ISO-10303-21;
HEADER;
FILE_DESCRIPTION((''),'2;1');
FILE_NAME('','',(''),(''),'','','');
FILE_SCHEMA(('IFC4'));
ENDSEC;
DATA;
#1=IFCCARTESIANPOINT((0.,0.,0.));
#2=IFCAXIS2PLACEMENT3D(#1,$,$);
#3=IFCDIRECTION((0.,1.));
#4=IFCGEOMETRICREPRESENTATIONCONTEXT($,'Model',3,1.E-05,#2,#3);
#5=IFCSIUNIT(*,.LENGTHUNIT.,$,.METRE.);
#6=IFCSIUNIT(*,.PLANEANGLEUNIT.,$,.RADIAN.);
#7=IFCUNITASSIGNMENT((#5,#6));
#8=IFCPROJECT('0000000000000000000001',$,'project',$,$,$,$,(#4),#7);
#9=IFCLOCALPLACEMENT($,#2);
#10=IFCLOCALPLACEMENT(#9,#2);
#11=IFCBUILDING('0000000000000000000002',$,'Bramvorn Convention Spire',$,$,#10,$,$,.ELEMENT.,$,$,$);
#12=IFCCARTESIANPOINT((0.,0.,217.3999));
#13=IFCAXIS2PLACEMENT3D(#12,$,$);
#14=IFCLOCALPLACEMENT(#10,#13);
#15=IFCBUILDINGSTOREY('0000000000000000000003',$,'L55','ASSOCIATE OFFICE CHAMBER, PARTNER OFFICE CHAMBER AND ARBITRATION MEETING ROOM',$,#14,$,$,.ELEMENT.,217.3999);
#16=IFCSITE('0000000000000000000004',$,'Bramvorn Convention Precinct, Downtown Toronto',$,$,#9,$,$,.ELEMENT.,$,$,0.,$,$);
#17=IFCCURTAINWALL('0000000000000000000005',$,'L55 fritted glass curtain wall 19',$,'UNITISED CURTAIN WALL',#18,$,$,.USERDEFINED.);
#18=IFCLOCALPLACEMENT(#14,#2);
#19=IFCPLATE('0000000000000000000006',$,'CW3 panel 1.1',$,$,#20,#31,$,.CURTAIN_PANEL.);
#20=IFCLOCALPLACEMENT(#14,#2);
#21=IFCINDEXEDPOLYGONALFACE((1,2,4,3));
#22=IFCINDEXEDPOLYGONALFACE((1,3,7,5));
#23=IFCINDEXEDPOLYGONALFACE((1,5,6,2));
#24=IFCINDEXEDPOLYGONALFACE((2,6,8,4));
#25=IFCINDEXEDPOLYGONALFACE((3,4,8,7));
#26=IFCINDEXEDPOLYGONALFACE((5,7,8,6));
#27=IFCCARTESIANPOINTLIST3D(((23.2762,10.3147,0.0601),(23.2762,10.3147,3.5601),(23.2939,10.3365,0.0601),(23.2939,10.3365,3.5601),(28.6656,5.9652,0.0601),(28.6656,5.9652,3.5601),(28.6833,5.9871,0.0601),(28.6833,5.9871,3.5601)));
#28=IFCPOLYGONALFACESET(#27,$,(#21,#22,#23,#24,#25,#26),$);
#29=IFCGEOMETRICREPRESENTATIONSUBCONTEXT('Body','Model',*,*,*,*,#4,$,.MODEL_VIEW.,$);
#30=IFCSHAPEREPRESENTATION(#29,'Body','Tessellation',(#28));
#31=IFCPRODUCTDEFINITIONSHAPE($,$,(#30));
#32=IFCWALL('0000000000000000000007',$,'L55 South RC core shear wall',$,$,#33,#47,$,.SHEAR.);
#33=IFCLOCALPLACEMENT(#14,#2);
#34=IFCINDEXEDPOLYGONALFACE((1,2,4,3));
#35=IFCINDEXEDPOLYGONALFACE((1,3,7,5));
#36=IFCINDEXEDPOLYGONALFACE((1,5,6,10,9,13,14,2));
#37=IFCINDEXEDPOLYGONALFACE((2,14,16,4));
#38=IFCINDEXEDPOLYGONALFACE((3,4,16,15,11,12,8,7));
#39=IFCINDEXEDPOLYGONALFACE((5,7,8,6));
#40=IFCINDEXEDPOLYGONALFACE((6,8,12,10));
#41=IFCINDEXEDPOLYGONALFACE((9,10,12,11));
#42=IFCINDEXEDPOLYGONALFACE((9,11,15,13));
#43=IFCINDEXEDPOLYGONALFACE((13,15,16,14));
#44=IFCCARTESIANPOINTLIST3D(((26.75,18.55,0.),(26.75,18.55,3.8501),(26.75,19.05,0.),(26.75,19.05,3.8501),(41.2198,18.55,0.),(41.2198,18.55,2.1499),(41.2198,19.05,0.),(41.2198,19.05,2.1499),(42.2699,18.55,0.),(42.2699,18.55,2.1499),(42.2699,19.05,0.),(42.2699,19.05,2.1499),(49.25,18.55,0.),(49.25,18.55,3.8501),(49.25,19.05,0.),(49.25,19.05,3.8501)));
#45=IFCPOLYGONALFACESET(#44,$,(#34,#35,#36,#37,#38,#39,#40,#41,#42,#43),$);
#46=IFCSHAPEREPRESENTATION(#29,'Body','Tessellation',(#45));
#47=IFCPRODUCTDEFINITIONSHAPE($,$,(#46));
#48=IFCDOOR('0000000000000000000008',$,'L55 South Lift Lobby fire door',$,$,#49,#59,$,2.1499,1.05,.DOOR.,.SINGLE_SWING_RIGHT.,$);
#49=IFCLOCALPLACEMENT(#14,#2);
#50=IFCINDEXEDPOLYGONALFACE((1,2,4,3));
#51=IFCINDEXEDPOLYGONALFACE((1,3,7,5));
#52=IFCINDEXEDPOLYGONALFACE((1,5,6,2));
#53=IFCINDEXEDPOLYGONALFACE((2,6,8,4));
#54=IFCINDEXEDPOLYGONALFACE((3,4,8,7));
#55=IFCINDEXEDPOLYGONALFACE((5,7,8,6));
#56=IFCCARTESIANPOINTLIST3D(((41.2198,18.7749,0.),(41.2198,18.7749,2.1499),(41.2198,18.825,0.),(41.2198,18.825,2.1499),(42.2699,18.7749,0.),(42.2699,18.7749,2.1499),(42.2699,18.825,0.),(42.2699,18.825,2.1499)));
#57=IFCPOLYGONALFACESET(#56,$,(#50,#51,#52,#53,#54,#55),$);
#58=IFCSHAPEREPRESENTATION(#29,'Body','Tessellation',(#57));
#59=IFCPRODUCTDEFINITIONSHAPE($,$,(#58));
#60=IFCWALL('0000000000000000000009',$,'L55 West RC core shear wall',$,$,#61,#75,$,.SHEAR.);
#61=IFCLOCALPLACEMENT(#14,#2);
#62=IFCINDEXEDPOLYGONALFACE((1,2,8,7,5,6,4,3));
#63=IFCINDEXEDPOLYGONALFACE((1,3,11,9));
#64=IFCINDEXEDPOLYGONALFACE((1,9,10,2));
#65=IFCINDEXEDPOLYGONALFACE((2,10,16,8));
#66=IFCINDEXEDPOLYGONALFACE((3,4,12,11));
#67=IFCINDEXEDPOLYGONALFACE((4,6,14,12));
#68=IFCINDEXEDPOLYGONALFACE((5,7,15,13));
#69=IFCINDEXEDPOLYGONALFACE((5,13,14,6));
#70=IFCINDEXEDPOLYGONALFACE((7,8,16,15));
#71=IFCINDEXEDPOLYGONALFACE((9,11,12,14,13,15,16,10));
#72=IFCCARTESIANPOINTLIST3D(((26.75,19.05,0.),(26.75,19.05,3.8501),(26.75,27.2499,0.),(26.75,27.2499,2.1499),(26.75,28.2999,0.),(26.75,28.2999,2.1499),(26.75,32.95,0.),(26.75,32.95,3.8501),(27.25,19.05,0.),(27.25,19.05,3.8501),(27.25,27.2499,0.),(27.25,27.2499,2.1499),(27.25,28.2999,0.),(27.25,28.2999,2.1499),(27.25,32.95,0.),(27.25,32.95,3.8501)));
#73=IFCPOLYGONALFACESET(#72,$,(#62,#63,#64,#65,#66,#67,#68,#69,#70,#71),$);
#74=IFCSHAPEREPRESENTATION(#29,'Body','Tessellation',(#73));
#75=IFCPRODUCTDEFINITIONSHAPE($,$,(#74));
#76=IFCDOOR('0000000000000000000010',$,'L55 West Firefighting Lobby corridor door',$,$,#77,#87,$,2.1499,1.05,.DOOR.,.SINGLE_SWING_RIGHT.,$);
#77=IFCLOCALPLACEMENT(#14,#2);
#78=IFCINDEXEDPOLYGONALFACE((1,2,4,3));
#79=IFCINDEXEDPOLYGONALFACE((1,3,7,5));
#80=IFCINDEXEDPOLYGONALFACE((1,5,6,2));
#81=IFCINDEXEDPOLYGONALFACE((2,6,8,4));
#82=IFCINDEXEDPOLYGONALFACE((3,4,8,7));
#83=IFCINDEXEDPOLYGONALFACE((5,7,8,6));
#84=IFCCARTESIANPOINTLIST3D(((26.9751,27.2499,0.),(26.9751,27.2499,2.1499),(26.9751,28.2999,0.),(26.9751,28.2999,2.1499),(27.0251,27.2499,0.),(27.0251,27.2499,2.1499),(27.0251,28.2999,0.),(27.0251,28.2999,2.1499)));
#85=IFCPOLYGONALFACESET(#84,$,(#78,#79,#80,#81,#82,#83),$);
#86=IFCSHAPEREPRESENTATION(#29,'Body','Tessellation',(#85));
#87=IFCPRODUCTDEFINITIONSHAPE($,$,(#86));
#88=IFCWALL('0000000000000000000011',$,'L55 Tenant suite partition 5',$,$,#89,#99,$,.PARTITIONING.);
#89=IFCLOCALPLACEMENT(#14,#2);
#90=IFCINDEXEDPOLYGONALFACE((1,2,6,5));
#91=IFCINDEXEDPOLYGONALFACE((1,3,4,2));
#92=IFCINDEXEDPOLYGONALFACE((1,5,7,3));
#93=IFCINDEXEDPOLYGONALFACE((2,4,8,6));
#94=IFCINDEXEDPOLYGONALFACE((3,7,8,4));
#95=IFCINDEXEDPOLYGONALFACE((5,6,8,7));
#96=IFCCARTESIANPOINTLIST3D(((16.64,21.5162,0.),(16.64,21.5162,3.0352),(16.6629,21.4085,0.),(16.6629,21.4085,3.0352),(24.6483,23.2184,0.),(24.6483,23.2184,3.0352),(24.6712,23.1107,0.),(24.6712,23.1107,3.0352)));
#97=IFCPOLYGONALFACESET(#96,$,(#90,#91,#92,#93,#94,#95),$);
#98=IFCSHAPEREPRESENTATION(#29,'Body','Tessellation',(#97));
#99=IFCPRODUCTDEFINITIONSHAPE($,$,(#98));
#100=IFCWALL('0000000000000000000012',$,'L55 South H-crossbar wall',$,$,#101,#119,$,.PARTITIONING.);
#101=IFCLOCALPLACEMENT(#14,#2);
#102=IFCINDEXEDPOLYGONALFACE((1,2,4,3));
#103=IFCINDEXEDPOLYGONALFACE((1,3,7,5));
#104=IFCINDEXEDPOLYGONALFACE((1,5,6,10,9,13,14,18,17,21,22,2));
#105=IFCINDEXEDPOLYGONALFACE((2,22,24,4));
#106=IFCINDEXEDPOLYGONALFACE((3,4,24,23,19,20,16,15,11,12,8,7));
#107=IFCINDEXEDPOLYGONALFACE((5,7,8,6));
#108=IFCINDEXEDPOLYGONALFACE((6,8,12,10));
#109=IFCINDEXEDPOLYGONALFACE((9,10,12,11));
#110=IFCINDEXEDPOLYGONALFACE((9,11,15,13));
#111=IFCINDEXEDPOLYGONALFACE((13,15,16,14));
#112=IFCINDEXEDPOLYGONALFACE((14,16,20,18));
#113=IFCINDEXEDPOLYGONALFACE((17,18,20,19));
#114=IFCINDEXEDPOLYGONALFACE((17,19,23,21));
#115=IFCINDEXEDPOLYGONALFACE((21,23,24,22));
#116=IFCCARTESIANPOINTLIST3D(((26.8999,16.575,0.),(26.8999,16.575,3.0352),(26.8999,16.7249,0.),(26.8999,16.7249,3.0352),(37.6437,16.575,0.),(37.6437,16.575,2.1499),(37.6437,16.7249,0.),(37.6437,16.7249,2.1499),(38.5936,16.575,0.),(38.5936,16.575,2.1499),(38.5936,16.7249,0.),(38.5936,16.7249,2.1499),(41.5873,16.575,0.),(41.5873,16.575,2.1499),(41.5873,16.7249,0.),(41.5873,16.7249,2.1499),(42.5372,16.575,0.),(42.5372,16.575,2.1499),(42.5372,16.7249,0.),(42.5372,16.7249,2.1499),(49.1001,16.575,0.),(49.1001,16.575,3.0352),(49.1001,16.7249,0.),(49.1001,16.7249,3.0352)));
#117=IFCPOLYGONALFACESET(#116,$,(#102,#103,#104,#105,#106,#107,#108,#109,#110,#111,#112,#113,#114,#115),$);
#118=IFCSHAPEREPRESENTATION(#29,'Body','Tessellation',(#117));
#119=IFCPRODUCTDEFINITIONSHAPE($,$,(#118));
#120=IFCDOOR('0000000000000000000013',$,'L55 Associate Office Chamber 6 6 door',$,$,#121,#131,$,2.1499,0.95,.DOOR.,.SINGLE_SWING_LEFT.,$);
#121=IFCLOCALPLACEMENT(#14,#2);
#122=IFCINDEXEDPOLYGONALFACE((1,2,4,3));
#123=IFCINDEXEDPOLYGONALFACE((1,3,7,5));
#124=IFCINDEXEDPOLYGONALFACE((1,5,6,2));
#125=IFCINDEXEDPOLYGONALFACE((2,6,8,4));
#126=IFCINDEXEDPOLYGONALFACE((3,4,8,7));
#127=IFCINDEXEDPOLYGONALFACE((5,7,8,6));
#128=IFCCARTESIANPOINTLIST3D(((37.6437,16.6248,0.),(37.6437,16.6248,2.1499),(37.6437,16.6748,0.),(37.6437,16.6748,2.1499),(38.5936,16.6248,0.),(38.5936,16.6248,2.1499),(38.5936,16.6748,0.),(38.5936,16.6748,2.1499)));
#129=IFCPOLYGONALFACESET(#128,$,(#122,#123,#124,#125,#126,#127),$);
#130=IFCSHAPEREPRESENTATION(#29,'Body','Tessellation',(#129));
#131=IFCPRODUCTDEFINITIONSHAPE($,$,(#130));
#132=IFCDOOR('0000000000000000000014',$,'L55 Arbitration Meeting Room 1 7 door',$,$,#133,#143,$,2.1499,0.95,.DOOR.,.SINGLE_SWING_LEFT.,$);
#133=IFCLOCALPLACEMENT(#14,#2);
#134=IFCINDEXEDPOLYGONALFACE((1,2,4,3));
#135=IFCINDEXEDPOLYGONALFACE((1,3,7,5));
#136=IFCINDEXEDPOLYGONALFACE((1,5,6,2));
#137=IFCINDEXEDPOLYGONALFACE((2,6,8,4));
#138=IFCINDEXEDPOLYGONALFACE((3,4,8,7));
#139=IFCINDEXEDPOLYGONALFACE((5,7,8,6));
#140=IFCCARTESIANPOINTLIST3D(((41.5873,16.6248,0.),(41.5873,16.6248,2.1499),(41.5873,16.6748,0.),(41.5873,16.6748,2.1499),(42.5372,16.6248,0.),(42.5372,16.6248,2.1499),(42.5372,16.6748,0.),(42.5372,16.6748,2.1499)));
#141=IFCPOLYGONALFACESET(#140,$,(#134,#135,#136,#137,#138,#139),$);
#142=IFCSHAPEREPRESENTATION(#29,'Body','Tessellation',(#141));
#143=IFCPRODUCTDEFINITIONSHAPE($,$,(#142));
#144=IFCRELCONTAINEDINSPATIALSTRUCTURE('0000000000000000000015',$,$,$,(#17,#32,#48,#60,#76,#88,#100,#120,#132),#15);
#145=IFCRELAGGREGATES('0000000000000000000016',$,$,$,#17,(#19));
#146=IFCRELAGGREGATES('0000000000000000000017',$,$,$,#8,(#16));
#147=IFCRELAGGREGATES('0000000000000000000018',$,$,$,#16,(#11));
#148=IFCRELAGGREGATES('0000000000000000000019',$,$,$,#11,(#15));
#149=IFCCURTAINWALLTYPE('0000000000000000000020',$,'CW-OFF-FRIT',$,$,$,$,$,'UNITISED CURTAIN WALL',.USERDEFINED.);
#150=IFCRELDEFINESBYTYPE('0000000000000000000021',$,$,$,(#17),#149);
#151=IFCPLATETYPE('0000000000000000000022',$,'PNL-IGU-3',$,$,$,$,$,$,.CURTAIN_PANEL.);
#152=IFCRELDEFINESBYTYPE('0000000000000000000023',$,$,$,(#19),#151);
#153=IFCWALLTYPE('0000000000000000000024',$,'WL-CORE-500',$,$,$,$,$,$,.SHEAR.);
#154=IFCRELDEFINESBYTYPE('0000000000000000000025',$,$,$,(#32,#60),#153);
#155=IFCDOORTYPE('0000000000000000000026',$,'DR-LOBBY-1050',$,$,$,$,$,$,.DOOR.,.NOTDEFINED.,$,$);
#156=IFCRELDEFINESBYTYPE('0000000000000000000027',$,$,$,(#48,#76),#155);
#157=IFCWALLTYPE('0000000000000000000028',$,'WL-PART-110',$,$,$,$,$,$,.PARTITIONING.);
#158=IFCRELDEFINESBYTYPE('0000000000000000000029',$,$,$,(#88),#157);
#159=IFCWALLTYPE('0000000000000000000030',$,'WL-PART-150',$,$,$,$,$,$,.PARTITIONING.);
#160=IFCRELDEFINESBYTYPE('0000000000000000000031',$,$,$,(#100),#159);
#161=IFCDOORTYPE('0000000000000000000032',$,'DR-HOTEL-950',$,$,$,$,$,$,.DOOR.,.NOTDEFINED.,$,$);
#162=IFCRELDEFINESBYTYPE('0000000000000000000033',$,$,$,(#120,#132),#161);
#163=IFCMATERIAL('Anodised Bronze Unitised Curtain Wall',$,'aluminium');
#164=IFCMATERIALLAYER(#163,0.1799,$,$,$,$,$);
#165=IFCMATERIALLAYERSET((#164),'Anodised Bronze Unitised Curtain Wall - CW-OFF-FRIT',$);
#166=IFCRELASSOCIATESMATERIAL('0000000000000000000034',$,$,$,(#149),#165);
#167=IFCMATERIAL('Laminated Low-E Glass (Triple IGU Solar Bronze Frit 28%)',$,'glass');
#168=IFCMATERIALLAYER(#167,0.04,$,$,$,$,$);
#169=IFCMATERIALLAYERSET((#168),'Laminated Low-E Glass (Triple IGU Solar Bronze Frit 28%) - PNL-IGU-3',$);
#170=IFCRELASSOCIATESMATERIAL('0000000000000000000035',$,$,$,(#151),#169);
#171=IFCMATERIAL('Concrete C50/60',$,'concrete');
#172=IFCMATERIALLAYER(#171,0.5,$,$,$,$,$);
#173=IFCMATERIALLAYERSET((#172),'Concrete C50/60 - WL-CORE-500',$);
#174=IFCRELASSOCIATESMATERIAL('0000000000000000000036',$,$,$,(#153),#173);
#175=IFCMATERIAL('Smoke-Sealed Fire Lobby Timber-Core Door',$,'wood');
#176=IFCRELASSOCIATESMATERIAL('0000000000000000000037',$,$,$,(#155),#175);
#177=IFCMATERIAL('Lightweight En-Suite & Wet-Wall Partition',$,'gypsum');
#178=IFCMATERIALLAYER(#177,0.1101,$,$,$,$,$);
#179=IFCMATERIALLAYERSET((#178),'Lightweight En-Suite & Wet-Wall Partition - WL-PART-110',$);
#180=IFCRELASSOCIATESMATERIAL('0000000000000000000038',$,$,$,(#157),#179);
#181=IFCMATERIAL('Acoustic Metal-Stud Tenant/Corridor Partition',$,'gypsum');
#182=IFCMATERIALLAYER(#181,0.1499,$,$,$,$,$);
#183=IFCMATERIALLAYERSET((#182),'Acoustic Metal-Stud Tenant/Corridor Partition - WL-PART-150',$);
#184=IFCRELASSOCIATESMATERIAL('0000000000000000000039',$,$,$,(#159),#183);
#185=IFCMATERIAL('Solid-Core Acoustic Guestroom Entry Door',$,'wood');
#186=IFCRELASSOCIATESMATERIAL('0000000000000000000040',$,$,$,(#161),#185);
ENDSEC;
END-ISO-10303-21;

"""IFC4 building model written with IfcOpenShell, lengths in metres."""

from ifc_helpers import new_model, si_unit, direction, frame, frame_2d, origin, origin_2d, place, context, subcontext, project, spatial, rectangle, extrude, material, layer, layer_set, type_object, element, fill, aggregate, save


model = new_model("IFC4")

# Units and contexts
model_context = context("Model", 3, precision=1e-05, world=origin(), true_north=direction((0.0, 1.0)))
body_context = subcontext(model_context, "Body", "Model", "MODEL_VIEW")
ifc_project = project(units=[si_unit("LENGTHUNIT", "METRE"), si_unit("PLANEANGLEUNIT", "RADIAN")], contexts=[model_context])

# Site, building, storey
site_placement = place(None, origin())
site = spatial("IfcSite", under=ifc_project, at=site_placement, Name="Bramvorn Convention Precinct, Downtown Toronto", CompositionType="ELEMENT", RefElevation=0.0)
building_placement = place(site_placement, origin())
building = spatial("IfcBuilding", under=site, at=building_placement, Name="Bramvorn Convention Spire", CompositionType="ELEMENT")
storey_placement = place(building_placement, frame((0.0, 0.0, 217.3999)))
storey = spatial("IfcBuildingStorey", under=building, at=storey_placement, Name="L55", Description="ASSOCIATE OFFICE CHAMBER, PARTNER OFFICE CHAMBER AND ARBITRATION MEETING ROOM", CompositionType="ELEMENT", Elevation=217.3999)

# Curtain wall, plate
ifc_material_1 = material(Name="Anodised Bronze Unitised Curtain Wall", Category="aluminium")
ifc_layer_1 = layer(ifc_material_1, 0.1799)
ifc_layer_set_1 = layer_set([ifc_layer_1], Name="Anodised Bronze Unitised Curtain Wall - CW-OFF-FRIT")
curtain_wall_type = type_object("IfcCurtainWallType", Name="CW-OFF-FRIT", ElementType="UNITISED CURTAIN WALL", PredefinedType="USERDEFINED", material=ifc_layer_set_1)
curtain_wall_placement = place(storey_placement, origin())
curtain_wall = element("IfcCurtainWall", 1, at=curtain_wall_placement, inside=storey, type_object=curtain_wall_type, Name="L55 fritted glass curtain wall 19", ObjectType="UNITISED CURTAIN WALL", PredefinedType="USERDEFINED")
ifc_material_2 = material(Name="Laminated Low-E Glass (Triple IGU Solar Bronze Frit 28%)", Category="glass")
ifc_layer_2 = layer(ifc_material_2, 0.04)
ifc_layer_set_2 = layer_set([ifc_layer_2], Name="Laminated Low-E Glass (Triple IGU Solar Bronze Frit 28%) - PNL-IGU-3")
plate_type = type_object("IfcPlateType", Name="PNL-IGU-3", PredefinedType="CURTAIN_PANEL", material=ifc_layer_set_2)
plate_placement = place(storey_placement, frame((25.9797, 8.1509, 0.0601), z_axis=(0.0, 0.0, 1.0), x_axis=(-0.778192, 0.628027, 0.0)))
plate = element("IfcPlate", 2, at=plate_placement, type_object=plate_type, Name="CW3 panel 1.1", PredefinedType="CURTAIN_PANEL", context=body_context, shape_type="SweptSolid", body=[
    extrude(rectangle(XDim=6.9255, YDim=0.0281, at=origin_2d()), origin(), (0.0, 0.0, 1.0), 3.5),
])
aggregate(curtain_wall, [plate])

# Walls, openings, doors
ifc_material_3 = material(Name="Concrete C50/60", Category="concrete")
ifc_layer_3 = layer(ifc_material_3, 0.5)
ifc_layer_set_3 = layer_set([ifc_layer_3], Name="Concrete C50/60 - WL-CORE-500")
wall_type_1 = type_object("IfcWallType", Name="WL-CORE-500", PredefinedType="SHEAR", material=ifc_layer_set_3)
wall_1_placement = place(storey_placement, frame((26.75, 18.8, 0.0), z_axis=(0.0, 0.0, 1.0), x_axis=(1.0, 0.0, 0.0)))
wall_1 = element("IfcWall", 3, at=wall_1_placement, inside=storey, type_object=wall_type_1, Name="L55 South RC core shear wall", PredefinedType="SHEAR", context=body_context, shape_type="SweptSolid", body=[
    extrude(rectangle(XDim=22.5, YDim=0.5, at=frame_2d((11.25, 0.0))), origin(), (0.0, 0.0, 1.0), 3.8501),
])
opening_1_placement = place(wall_1_placement, frame((14.47, 0.0, 0.0)))
opening_1 = element("IfcOpeningElement", 4, at=opening_1_placement, cuts=wall_1, PredefinedType="OPENING", context=body_context, shape_type="SweptSolid", body=[
    extrude(rectangle(XDim=1.05, YDim=2.1499, at=frame_2d((0.5249, 1.075))), frame((0.0, 0.26, 0.0), z_axis=(0.0, -1.0, 0.0), x_axis=(1.0, 0.0, 0.0)), (0.0, 0.0, 1.0), 0.52),
])
ifc_material_4 = material(Name="Smoke-Sealed Fire Lobby Timber-Core Door", Category="wood")
door_type_1 = type_object("IfcDoorType", Name="DR-LOBBY-1050", OperationType="NOTDEFINED", PredefinedType="DOOR", material=ifc_material_4)
door_1_placement = place(opening_1_placement, origin())
door_1 = element("IfcDoor", 5, at=door_1_placement, inside=storey, type_object=door_type_1, Name="L55 South Lift Lobby fire door", OperationType="SINGLE_SWING_RIGHT", OverallHeight=2.1499, OverallWidth=1.05, PredefinedType="DOOR", context=body_context, shape_type="SweptSolid", body=[
    extrude(rectangle(XDim=1.05, YDim=2.1499, at=frame_2d((0.5249, 1.075))), frame((0.0, 0.0249, 0.0), z_axis=(0.0, -1.0, 0.0), x_axis=(1.0, 0.0, 0.0)), (0.0, 0.0, 1.0), 0.05),
])
fill(opening_1, door_1)
wall_2_placement = place(storey_placement, frame((27.0, 19.05, 0.0), z_axis=(0.0, 0.0, 1.0), x_axis=(0.0, 1.0, 0.0)))
wall_2 = element("IfcWall", 6, at=wall_2_placement, inside=storey, type_object=wall_type_1, Name="L55 West RC core shear wall", PredefinedType="SHEAR", context=body_context, shape_type="SweptSolid", body=[
    extrude(rectangle(XDim=13.8999, YDim=0.5, at=frame_2d((6.95, 0.0))), origin(), (0.0, 0.0, 1.0), 3.8501),
])
opening_2_placement = place(wall_2_placement, frame((8.2, 0.0, 0.0)))
opening_2 = element("IfcOpeningElement", 7, at=opening_2_placement, cuts=wall_2, PredefinedType="OPENING", context=body_context, shape_type="SweptSolid", body=[
    extrude(rectangle(XDim=1.05, YDim=2.1499, at=frame_2d((0.5249, 1.075))), frame((0.0, 0.26, 0.0), z_axis=(0.0, -1.0, 0.0), x_axis=(1.0, 0.0, 0.0)), (0.0, 0.0, 1.0), 0.52),
])
door_2_placement = place(opening_2_placement, origin())
door_2 = element("IfcDoor", 8, at=door_2_placement, inside=storey, type_object=door_type_1, Name="L55 West Firefighting Lobby corridor door", OperationType="SINGLE_SWING_RIGHT", OverallHeight=2.1499, OverallWidth=1.05, PredefinedType="DOOR", context=body_context, shape_type="SweptSolid", body=[
    extrude(rectangle(XDim=1.05, YDim=2.1499, at=frame_2d((0.5249, 1.075))), frame((0.0, 0.0249, 0.0), z_axis=(0.0, -1.0, 0.0), x_axis=(1.0, 0.0, 0.0)), (0.0, 0.0, 1.0), 0.05),
])
fill(opening_2, door_2)

# Wall
ifc_material_5 = material(Name="Lightweight En-Suite & Wet-Wall Partition", Category="gypsum")
ifc_layer_4 = layer(ifc_material_5, 0.1101)
ifc_layer_set_4 = layer_set([ifc_layer_4], Name="Lightweight En-Suite & Wet-Wall Partition - WL-PART-110")
wall_type_2 = type_object("IfcWallType", Name="WL-PART-110", PredefinedType="PARTITIONING", material=ifc_layer_set_4)
wall_3_placement = place(storey_placement, frame((24.6599, 23.1646, 0.0), z_axis=(0.0, 0.0, 1.0), x_axis=(-0.978149, -0.207904, 0.0)))
element("IfcWall", 9, at=wall_3_placement, inside=storey, type_object=wall_type_2, Name="L55 Tenant suite partition 5", PredefinedType="PARTITIONING", context=body_context, shape_type="SweptSolid", body=[
    extrude(rectangle(XDim=8.1873, YDim=0.1101, at=frame_2d((4.0938, 0.0))), origin(), (0.0, 0.0, 1.0), 3.0352),
])

# Wall, openings, doors
ifc_material_6 = material(Name="Acoustic Metal-Stud Tenant/Corridor Partition", Category="gypsum")
ifc_layer_5 = layer(ifc_material_6, 0.1499)
ifc_layer_set_5 = layer_set([ifc_layer_5], Name="Acoustic Metal-Stud Tenant/Corridor Partition - WL-PART-150")
wall_type_3 = type_object("IfcWallType", Name="WL-PART-150", PredefinedType="PARTITIONING", material=ifc_layer_set_5)
wall_4_placement = place(storey_placement, frame((26.8999, 16.6499, 0.0), z_axis=(0.0, 0.0, 1.0), x_axis=(1.0, 0.0, 0.0)))
wall_4 = element("IfcWall", 10, at=wall_4_placement, inside=storey, type_object=wall_type_3, Name="L55 South H-crossbar wall", PredefinedType="PARTITIONING", context=body_context, shape_type="SweptSolid", body=[
    extrude(rectangle(XDim=22.2002, YDim=0.1499, at=frame_2d((11.1001, 0.0))), origin(), (0.0, 0.0, 1.0), 3.0352),
])
opening_3_placement = place(wall_4_placement, frame((10.7437, 0.0, 0.0)))
opening_3 = element("IfcOpeningElement", 11, at=opening_3_placement, cuts=wall_4, PredefinedType="OPENING", context=body_context, shape_type="SweptSolid", body=[
    extrude(rectangle(XDim=0.95, YDim=2.1499, at=frame_2d((0.4751, 1.075))), frame((0.0, 0.085, 0.0), z_axis=(0.0, -1.0, 0.0), x_axis=(1.0, 0.0, 0.0)), (0.0, 0.0, 1.0), 0.1699),
])
opening_4_placement = place(wall_4_placement, frame((14.6873, 0.0, 0.0)))
opening_4 = element("IfcOpeningElement", 12, at=opening_4_placement, cuts=wall_4, PredefinedType="OPENING", context=body_context, shape_type="SweptSolid", body=[
    extrude(rectangle(XDim=0.95, YDim=2.1499, at=frame_2d((0.4751, 1.075))), frame((0.0, 0.085, 0.0), z_axis=(0.0, -1.0, 0.0), x_axis=(1.0, 0.0, 0.0)), (0.0, 0.0, 1.0), 0.1699),
])
ifc_material_7 = material(Name="Solid-Core Acoustic Guestroom Entry Door", Category="wood")
door_type_2 = type_object("IfcDoorType", Name="DR-HOTEL-950", OperationType="NOTDEFINED", PredefinedType="DOOR", material=ifc_material_7)
door_3_placement = place(opening_3_placement, origin())
door_3 = element("IfcDoor", 13, at=door_3_placement, inside=storey, type_object=door_type_2, Name="L55 Associate Office Chamber 6 6 door", OperationType="SINGLE_SWING_LEFT", OverallHeight=2.1499, OverallWidth=0.95, PredefinedType="DOOR", context=body_context, shape_type="SweptSolid", body=[
    extrude(rectangle(XDim=0.95, YDim=2.1499, at=frame_2d((0.4751, 1.075))), frame((0.0, 0.0249, 0.0), z_axis=(0.0, -1.0, 0.0), x_axis=(1.0, 0.0, 0.0)), (0.0, 0.0, 1.0), 0.05),
])
fill(opening_3, door_3)
door_4_placement = place(opening_4_placement, origin())
door_4 = element("IfcDoor", 14, at=door_4_placement, inside=storey, type_object=door_type_2, Name="L55 Arbitration Meeting Room 1 7 door", OperationType="SINGLE_SWING_LEFT", OverallHeight=2.1499, OverallWidth=0.95, PredefinedType="DOOR", context=body_context, shape_type="SweptSolid", body=[
    extrude(rectangle(XDim=0.95, YDim=2.1499, at=frame_2d((0.4751, 1.075))), frame((0.0, 0.0249, 0.0), z_axis=(0.0, -1.0, 0.0), x_axis=(1.0, 0.0, 0.0)), (0.0, 0.0, 1.0), 0.05),
])
fill(opening_4, door_4)

save(model, "model.ifc")
